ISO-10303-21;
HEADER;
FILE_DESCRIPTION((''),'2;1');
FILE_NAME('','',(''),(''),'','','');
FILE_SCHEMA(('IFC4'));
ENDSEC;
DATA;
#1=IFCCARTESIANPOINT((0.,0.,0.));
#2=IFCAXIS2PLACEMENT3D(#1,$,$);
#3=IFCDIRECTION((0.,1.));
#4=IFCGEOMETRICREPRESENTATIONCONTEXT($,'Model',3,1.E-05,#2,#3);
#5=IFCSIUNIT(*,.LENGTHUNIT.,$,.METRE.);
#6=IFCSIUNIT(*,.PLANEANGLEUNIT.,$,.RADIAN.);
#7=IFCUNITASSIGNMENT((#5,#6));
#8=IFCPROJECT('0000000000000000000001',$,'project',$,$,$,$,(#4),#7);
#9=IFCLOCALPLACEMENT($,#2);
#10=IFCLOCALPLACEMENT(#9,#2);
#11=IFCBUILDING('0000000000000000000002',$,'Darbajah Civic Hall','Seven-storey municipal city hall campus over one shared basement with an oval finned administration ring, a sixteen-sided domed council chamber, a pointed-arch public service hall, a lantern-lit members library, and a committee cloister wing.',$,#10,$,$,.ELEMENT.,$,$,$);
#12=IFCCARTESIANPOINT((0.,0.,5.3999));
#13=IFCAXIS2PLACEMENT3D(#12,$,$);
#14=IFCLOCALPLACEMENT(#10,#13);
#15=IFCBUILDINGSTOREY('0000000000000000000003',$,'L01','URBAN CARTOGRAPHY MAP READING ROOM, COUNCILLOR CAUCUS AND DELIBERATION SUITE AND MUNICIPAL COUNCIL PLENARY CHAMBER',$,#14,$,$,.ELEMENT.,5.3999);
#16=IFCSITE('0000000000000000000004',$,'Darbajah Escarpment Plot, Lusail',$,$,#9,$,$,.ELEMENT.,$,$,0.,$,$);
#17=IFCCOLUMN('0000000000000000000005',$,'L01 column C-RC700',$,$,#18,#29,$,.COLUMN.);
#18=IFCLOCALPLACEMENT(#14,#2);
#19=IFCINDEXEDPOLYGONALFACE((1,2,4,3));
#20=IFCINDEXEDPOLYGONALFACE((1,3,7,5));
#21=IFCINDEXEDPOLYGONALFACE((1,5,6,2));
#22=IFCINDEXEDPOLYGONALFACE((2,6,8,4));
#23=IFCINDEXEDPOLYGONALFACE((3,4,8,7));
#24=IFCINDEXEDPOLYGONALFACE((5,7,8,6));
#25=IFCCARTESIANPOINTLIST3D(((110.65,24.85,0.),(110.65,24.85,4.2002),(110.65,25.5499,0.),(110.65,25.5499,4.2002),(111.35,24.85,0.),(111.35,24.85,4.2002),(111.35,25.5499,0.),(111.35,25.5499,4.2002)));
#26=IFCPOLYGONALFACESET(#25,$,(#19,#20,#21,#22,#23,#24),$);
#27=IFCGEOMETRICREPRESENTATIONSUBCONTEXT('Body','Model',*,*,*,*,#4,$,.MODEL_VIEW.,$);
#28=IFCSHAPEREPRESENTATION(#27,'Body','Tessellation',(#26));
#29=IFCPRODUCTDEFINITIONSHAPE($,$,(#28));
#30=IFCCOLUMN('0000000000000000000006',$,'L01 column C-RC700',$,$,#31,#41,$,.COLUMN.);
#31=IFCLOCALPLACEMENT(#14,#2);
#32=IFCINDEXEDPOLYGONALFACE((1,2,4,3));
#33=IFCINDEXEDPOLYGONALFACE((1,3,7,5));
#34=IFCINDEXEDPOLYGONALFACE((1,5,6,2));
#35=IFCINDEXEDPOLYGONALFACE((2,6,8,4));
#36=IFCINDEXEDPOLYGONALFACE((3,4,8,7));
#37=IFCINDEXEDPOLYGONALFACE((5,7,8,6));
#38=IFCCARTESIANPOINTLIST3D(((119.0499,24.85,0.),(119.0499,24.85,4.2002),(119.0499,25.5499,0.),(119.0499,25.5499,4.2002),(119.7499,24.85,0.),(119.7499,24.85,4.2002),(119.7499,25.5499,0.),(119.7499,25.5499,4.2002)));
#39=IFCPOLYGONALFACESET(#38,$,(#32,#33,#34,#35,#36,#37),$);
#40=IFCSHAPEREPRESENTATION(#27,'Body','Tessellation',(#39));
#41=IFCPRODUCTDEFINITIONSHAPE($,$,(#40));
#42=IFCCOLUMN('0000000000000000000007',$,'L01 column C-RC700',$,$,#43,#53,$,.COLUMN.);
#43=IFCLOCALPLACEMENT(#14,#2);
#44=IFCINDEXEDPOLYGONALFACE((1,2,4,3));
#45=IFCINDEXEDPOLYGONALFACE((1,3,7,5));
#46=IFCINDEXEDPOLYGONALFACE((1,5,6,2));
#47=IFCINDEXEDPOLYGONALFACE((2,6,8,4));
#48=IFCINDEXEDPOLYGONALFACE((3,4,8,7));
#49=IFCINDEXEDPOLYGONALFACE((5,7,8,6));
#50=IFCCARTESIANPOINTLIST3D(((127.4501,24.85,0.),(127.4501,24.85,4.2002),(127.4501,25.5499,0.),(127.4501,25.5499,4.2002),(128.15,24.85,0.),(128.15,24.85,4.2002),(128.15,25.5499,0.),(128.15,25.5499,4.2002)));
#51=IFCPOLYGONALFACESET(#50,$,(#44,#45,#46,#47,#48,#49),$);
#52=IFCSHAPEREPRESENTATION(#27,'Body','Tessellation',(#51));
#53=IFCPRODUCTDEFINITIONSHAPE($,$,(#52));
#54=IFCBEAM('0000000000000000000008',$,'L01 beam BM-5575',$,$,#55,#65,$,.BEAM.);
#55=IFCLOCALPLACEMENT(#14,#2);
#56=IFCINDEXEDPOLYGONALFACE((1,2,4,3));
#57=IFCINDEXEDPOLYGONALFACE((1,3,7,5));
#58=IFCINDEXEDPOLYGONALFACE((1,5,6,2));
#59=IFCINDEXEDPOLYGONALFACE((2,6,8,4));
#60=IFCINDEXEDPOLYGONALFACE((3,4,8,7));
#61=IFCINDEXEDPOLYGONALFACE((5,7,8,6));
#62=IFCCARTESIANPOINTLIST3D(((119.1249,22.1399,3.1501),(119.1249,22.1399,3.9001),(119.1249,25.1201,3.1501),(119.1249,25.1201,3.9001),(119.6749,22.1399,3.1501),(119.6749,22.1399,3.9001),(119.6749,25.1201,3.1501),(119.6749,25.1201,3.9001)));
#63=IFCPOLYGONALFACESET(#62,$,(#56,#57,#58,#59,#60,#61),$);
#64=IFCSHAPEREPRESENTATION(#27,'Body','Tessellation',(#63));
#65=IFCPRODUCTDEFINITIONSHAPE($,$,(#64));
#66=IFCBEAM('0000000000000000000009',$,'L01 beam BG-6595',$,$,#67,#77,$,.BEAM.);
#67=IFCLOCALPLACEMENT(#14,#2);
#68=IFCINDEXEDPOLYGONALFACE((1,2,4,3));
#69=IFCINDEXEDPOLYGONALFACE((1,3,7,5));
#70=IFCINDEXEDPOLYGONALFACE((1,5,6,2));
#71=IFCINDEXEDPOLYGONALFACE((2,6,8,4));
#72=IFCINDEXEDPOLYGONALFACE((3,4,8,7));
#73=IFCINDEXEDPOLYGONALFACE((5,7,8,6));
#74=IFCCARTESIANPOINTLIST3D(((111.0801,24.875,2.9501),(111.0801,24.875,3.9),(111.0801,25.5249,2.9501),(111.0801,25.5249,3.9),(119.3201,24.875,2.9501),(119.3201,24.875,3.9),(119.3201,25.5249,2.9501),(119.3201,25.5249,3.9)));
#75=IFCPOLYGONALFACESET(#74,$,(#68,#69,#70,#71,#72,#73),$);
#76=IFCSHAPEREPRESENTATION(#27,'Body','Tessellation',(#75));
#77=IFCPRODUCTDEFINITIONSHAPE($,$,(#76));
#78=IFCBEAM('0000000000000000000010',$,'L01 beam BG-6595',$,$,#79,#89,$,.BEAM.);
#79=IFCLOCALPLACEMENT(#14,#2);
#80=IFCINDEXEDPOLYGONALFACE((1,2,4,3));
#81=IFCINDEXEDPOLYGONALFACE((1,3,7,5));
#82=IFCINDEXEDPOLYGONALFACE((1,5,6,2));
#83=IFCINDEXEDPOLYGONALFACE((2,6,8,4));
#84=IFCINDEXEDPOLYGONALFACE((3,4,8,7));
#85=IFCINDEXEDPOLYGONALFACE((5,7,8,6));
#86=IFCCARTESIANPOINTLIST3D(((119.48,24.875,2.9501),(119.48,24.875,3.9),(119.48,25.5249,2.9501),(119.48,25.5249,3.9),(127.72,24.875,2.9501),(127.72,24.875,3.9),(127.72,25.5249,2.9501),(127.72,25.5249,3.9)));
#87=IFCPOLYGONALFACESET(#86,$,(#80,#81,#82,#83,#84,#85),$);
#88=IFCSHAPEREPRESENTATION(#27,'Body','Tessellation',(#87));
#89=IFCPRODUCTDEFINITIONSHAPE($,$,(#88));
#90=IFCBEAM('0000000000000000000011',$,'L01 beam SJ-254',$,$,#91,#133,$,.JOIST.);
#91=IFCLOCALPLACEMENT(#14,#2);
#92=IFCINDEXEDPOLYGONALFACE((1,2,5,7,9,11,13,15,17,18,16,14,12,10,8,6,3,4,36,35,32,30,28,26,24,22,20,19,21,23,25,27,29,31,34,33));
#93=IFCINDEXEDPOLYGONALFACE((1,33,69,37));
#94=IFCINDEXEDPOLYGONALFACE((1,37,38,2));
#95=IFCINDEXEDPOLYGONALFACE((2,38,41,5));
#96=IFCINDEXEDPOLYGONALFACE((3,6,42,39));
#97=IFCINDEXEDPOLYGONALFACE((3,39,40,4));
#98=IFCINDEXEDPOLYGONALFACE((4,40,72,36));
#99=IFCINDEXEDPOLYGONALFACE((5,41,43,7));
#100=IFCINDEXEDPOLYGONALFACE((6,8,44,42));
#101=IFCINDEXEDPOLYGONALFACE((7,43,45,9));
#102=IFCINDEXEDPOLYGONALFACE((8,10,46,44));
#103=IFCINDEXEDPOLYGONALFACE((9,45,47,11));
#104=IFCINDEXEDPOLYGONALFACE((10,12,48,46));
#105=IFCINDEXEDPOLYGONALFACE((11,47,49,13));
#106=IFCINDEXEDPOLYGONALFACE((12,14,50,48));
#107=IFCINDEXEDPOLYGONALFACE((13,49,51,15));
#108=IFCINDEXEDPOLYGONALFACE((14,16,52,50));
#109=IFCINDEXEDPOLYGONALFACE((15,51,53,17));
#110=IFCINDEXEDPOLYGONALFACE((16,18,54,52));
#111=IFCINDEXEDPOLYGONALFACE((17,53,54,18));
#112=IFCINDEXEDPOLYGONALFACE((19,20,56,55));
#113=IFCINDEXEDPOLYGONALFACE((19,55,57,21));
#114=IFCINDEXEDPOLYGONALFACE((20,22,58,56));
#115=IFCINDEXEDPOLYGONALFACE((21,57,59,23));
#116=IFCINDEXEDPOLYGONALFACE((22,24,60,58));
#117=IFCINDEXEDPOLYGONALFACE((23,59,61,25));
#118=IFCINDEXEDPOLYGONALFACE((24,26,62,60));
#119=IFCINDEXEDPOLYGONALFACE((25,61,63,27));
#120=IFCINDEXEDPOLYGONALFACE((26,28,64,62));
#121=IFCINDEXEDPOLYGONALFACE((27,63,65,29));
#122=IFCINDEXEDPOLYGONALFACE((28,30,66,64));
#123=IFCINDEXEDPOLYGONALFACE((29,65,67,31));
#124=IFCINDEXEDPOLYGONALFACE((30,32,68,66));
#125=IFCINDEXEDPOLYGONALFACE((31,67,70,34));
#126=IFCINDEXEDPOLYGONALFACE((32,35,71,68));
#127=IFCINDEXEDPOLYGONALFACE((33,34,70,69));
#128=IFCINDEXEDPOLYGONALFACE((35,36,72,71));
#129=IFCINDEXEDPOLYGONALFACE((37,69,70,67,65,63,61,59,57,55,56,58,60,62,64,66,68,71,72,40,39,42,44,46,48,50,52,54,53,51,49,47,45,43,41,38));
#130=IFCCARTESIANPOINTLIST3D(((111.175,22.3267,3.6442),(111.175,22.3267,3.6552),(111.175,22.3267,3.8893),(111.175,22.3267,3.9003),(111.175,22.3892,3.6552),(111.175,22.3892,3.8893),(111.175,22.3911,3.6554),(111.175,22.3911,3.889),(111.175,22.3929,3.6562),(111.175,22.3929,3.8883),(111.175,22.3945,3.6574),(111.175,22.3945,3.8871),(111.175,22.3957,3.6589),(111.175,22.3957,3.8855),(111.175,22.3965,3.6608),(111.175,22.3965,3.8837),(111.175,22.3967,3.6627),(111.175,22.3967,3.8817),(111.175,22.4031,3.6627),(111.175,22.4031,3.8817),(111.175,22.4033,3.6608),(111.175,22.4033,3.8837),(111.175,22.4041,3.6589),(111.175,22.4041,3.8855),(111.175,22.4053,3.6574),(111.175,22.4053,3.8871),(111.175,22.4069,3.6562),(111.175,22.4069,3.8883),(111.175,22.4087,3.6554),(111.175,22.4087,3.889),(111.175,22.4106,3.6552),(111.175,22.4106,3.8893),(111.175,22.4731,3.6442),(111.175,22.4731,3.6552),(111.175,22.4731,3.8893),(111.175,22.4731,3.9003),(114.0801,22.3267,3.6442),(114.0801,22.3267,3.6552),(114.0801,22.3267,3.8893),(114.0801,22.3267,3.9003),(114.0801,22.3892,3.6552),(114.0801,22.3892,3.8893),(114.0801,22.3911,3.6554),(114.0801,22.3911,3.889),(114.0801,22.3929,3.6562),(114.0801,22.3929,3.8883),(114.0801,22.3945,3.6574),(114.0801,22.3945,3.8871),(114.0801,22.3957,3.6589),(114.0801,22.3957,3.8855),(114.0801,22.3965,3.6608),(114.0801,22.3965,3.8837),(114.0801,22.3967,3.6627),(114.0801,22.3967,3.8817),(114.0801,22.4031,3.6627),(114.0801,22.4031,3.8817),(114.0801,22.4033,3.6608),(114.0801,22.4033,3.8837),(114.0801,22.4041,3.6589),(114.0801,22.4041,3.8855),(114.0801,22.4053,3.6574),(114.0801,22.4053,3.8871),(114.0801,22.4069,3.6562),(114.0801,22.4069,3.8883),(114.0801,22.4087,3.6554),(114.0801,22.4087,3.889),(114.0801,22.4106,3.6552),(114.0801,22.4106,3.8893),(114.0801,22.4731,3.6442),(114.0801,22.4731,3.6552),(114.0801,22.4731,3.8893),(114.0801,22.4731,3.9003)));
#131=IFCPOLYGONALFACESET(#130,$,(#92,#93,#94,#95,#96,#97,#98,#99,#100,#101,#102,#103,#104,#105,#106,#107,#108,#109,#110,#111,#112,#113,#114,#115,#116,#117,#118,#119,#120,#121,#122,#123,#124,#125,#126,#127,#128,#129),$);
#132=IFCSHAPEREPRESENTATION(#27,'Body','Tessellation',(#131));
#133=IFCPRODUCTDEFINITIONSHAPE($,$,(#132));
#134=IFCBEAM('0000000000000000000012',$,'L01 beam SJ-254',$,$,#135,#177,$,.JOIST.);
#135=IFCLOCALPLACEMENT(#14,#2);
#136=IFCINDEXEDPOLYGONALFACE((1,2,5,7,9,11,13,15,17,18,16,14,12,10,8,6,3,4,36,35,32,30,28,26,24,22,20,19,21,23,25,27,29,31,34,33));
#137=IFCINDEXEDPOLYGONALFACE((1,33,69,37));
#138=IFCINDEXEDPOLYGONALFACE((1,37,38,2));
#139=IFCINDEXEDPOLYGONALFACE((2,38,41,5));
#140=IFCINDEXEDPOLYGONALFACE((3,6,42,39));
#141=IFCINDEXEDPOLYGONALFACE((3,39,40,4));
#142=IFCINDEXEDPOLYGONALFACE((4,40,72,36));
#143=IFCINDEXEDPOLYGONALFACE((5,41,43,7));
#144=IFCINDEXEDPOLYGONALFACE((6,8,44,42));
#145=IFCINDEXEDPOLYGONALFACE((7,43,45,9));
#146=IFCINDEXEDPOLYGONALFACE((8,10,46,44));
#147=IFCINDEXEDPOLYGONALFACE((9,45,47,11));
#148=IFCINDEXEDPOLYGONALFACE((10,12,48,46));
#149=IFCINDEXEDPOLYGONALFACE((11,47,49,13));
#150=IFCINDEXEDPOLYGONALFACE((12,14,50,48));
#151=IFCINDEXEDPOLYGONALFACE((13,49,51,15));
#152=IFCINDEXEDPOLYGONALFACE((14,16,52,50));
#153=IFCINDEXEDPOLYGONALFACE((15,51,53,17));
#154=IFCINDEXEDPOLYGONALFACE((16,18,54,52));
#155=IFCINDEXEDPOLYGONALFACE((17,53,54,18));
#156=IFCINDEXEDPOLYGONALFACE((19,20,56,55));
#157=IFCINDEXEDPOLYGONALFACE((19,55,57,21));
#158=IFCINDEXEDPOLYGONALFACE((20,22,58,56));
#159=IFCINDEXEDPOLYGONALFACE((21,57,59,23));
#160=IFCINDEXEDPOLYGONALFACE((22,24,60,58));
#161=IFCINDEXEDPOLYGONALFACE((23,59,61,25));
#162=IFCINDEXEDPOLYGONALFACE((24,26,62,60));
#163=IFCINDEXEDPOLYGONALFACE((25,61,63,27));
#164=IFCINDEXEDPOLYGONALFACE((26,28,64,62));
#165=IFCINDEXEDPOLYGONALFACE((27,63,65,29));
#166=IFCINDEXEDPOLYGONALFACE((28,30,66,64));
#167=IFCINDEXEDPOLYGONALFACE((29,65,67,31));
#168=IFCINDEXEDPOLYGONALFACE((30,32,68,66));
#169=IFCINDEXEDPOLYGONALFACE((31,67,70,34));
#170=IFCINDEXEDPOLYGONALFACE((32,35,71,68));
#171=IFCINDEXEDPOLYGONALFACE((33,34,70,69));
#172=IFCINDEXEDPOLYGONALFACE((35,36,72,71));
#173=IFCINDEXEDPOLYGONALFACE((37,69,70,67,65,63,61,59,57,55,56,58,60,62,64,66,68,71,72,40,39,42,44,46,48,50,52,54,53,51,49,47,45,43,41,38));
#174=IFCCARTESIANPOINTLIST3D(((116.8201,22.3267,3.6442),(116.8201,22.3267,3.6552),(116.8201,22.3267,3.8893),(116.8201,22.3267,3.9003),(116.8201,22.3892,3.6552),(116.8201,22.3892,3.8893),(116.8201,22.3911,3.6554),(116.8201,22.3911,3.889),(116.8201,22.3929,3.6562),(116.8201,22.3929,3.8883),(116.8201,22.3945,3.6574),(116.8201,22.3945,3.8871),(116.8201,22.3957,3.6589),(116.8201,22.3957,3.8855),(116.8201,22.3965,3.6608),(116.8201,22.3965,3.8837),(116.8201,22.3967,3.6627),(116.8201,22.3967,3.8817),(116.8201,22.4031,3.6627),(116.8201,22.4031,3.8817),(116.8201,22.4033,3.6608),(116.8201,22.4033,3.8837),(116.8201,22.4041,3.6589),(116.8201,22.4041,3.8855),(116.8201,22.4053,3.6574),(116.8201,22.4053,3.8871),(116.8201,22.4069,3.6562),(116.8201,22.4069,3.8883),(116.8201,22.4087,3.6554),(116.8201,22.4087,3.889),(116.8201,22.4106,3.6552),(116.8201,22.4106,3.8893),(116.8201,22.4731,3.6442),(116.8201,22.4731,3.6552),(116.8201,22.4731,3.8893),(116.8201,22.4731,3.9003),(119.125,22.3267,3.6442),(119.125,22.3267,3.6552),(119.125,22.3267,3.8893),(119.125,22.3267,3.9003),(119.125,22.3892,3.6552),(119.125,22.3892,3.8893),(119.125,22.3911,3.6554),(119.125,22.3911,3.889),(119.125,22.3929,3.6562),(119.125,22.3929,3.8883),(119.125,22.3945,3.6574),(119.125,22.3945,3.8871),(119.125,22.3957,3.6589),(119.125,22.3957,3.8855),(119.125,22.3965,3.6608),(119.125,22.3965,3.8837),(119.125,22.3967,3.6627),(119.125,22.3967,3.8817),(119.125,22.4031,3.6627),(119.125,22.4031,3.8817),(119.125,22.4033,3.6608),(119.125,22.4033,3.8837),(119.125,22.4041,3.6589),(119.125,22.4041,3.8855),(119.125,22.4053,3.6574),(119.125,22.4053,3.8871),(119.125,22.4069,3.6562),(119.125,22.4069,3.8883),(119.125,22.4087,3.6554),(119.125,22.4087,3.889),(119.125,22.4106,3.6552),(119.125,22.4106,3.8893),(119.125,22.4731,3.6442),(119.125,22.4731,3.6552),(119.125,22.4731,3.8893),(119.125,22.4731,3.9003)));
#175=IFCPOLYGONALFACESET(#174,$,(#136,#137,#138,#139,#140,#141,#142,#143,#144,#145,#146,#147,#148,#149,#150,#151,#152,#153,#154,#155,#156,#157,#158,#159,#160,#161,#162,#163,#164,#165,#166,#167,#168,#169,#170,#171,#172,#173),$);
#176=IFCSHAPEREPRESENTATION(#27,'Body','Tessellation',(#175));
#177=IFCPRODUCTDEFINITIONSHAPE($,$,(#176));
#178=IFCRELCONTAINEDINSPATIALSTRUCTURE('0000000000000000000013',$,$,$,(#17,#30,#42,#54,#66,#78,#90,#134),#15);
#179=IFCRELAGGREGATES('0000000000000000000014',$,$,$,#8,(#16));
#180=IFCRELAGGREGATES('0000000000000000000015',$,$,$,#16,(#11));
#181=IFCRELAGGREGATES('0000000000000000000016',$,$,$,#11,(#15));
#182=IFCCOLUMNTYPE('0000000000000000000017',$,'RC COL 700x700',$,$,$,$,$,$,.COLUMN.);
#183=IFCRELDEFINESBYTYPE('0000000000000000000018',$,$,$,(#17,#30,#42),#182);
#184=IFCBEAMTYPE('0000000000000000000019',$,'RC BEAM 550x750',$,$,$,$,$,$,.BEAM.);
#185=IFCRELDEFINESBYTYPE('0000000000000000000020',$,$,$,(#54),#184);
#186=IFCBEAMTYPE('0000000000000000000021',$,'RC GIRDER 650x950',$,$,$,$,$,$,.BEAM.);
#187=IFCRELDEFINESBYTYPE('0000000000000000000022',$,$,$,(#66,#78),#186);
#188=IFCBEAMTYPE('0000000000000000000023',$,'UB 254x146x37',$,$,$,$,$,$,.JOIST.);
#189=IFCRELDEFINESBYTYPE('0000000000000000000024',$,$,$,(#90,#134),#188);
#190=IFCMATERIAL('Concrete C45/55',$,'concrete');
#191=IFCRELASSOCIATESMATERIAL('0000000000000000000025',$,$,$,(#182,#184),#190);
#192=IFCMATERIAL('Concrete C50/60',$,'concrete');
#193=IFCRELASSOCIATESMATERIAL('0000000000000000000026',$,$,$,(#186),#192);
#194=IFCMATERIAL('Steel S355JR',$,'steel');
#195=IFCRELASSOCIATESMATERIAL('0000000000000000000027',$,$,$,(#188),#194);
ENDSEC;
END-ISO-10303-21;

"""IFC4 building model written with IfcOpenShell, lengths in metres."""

from ifc_helpers import new_model, si_unit, direction, frame, origin, origin_2d, place, context, subcontext, project, spatial, rectangle, i_section, extrude, material, material_profile, profile_set, type_object, element, save


model = new_model("IFC4")

# Units and contexts
model_context = context("Model", 3, precision=1e-05, world=origin(), true_north=direction((0.0, 1.0)))
body_context = subcontext(model_context, "Body", "Model", "MODEL_VIEW")
ifc_project = project(units=[si_unit("LENGTHUNIT", "METRE"), si_unit("PLANEANGLEUNIT", "RADIAN")], contexts=[model_context])

# Site, building, storey
site_placement = place(None, origin())
site = spatial("IfcSite", under=ifc_project, at=site_placement, Name="Darbajah Escarpment Plot, Lusail", CompositionType="ELEMENT", RefElevation=0.0)
building_placement = place(site_placement, origin())
building = spatial("IfcBuilding", under=site, at=building_placement, Name="Darbajah Civic Hall", Description="Seven-storey municipal city hall campus over one shared basement with an oval finned administration ring, a sixteen-sided domed council chamber, a pointed-arch public service hall, a lantern-lit members library, and a committee cloister wing.", CompositionType="ELEMENT")
storey_placement = place(building_placement, frame((0.0, 0.0, 5.3999)))
storey = spatial("IfcBuildingStorey", under=building, at=storey_placement, Name="L01", Description="URBAN CARTOGRAPHY MAP READING ROOM, COUNCILLOR CAUCUS AND DELIBERATION SUITE AND MUNICIPAL COUNCIL PLENARY CHAMBER", CompositionType="ELEMENT", Elevation=5.3999)

# Columns
ifc_material_1 = material(Name="Concrete C45/55", Category="concrete")
ifc_material_profile_1 = material_profile(ifc_material_1, rectangle(XDim=0.7, YDim=0.7, at=origin_2d()), Name="RC COL 700x700")
ifc_profile_set_1 = profile_set([ifc_material_profile_1], Name="Concrete C45/55")
column_type = type_object("IfcColumnType", Name="RC COL 700x700", PredefinedType="COLUMN", material=ifc_profile_set_1)
for number, where, z_axis, x_axis, name in (
    (1, (111.0, 25.2, 0.0), (0.0, 0.0, 1.0), (1.0, 0.0, 0.0), "L01 column C-RC700"),
    (2, (119.3999, 25.2, 0.0), (0.0, 0.0, 1.0), (1.0, 0.0, 0.0), "L01 column C-RC700"),
    (3, (127.8, 25.2, 0.0), (0.0, 0.0, 1.0), (1.0, 0.0, 0.0), "L01 column C-RC700"),
):
    element("IfcColumn", number, at=place(storey_placement, frame(where, z_axis=z_axis, x_axis=x_axis)), inside=storey, type_object=column_type, Name=name, PredefinedType="COLUMN", context=body_context, shape_type="SweptSolid", body=[
        extrude(rectangle(XDim=0.7, YDim=0.7, at=origin_2d()), origin(), (0.0, 0.0, 1.0), 4.2002),
    ])

# Beams
ifc_material_profile_2 = material_profile(ifc_material_1, rectangle(XDim=0.55, YDim=0.75, at=origin_2d()), Name="RC BEAM 550x750")
ifc_profile_set_2 = profile_set([ifc_material_profile_2], Name="Concrete C45/55")
beam_type_1 = type_object("IfcBeamType", Name="RC BEAM 550x750", PredefinedType="BEAM", material=ifc_profile_set_2)
beam_1_placement = place(storey_placement, frame((119.3999, 22.1399, 3.5251), z_axis=(0.0, 1.0, 0.0), x_axis=(-1.0, 0.0, 0.0)))
element("IfcBeam", 4, at=beam_1_placement, inside=storey, type_object=beam_type_1, Name="L01 beam BM-5575", PredefinedType="BEAM", context=body_context, shape_type="SweptSolid", body=[
    extrude(rectangle(XDim=0.55, YDim=0.75, at=origin_2d()), origin(), (0.0, 0.0, 1.0), 2.9802),
])
ifc_material_2 = material(Name="Concrete C50/60", Category="concrete")
ifc_material_profile_3 = material_profile(ifc_material_2, rectangle(XDim=0.6499, YDim=0.95, at=origin_2d()), Name="RC GIRDER 650x950")
ifc_profile_set_3 = profile_set([ifc_material_profile_3], Name="Concrete C50/60")
beam_type_2 = type_object("IfcBeamType", Name="RC GIRDER 650x950", PredefinedType="BEAM", material=ifc_profile_set_3)
for number, where, z_axis, x_axis, name in (
    (5, (111.0801, 25.2, 3.425), (1.0, 0.0, 0.0), (0.0, 1.0, 0.0), "L01 beam BG-6595"),
    (6, (119.48, 25.2, 3.425), (1.0, 0.0, 0.0), (0.0, 1.0, 0.0), "L01 beam BG-6595"),
):
    element("IfcBeam", number, at=place(storey_placement, frame(where, z_axis=z_axis, x_axis=x_axis)), inside=storey, type_object=beam_type_2, Name=name, PredefinedType="BEAM", context=body_context, shape_type="SweptSolid", body=[
        extrude(rectangle(XDim=0.6499, YDim=0.95, at=origin_2d()), origin(), (0.0, 0.0, 1.0), 8.24),
    ])
ifc_material_3 = material(Name="Steel S355JR", Category="steel")
ifc_material_profile_4 = material_profile(ifc_material_3, i_section(OverallWidth=0.1465, OverallDepth=0.2561, WebThickness=0.0063, FlangeThickness=0.011, FilletRadius=0.0076, at=origin_2d()), Name="UB 254x146x37")
ifc_profile_set_4 = profile_set([ifc_material_profile_4], Name="Steel S355JR")
beam_type_3 = type_object("IfcBeamType", Name="UB 254x146x37", PredefinedType="JOIST", material=ifc_profile_set_4)
beam_2_placement = place(storey_placement, frame((111.175, 22.3999, 3.7722), z_axis=(1.0, 0.0, 0.0), x_axis=(0.0, 1.0, 0.0)))
element("IfcBeam", 7, at=beam_2_placement, inside=storey, type_object=beam_type_3, Name="L01 beam SJ-254", PredefinedType="JOIST", context=body_context, shape_type="SweptSolid", body=[
    extrude(i_section(OverallWidth=0.1465, OverallDepth=0.2561, WebThickness=0.0063, FlangeThickness=0.011, FilletRadius=0.0076, at=origin_2d()), origin(), (0.0, 0.0, 1.0), 2.905),
])
beam_3_placement = place(storey_placement, frame((116.8201, 22.3999, 3.7722), z_axis=(1.0, 0.0, 0.0), x_axis=(0.0, 1.0, 0.0)))
element("IfcBeam", 8, at=beam_3_placement, inside=storey, type_object=beam_type_3, Name="L01 beam SJ-254", PredefinedType="JOIST", context=body_context, shape_type="SweptSolid", body=[
    extrude(i_section(OverallWidth=0.1465, OverallDepth=0.2561, WebThickness=0.0063, FlangeThickness=0.011, FilletRadius=0.0076, at=origin_2d()), origin(), (0.0, 0.0, 1.0), 2.3049),
])

save(model, "model.ifc")
